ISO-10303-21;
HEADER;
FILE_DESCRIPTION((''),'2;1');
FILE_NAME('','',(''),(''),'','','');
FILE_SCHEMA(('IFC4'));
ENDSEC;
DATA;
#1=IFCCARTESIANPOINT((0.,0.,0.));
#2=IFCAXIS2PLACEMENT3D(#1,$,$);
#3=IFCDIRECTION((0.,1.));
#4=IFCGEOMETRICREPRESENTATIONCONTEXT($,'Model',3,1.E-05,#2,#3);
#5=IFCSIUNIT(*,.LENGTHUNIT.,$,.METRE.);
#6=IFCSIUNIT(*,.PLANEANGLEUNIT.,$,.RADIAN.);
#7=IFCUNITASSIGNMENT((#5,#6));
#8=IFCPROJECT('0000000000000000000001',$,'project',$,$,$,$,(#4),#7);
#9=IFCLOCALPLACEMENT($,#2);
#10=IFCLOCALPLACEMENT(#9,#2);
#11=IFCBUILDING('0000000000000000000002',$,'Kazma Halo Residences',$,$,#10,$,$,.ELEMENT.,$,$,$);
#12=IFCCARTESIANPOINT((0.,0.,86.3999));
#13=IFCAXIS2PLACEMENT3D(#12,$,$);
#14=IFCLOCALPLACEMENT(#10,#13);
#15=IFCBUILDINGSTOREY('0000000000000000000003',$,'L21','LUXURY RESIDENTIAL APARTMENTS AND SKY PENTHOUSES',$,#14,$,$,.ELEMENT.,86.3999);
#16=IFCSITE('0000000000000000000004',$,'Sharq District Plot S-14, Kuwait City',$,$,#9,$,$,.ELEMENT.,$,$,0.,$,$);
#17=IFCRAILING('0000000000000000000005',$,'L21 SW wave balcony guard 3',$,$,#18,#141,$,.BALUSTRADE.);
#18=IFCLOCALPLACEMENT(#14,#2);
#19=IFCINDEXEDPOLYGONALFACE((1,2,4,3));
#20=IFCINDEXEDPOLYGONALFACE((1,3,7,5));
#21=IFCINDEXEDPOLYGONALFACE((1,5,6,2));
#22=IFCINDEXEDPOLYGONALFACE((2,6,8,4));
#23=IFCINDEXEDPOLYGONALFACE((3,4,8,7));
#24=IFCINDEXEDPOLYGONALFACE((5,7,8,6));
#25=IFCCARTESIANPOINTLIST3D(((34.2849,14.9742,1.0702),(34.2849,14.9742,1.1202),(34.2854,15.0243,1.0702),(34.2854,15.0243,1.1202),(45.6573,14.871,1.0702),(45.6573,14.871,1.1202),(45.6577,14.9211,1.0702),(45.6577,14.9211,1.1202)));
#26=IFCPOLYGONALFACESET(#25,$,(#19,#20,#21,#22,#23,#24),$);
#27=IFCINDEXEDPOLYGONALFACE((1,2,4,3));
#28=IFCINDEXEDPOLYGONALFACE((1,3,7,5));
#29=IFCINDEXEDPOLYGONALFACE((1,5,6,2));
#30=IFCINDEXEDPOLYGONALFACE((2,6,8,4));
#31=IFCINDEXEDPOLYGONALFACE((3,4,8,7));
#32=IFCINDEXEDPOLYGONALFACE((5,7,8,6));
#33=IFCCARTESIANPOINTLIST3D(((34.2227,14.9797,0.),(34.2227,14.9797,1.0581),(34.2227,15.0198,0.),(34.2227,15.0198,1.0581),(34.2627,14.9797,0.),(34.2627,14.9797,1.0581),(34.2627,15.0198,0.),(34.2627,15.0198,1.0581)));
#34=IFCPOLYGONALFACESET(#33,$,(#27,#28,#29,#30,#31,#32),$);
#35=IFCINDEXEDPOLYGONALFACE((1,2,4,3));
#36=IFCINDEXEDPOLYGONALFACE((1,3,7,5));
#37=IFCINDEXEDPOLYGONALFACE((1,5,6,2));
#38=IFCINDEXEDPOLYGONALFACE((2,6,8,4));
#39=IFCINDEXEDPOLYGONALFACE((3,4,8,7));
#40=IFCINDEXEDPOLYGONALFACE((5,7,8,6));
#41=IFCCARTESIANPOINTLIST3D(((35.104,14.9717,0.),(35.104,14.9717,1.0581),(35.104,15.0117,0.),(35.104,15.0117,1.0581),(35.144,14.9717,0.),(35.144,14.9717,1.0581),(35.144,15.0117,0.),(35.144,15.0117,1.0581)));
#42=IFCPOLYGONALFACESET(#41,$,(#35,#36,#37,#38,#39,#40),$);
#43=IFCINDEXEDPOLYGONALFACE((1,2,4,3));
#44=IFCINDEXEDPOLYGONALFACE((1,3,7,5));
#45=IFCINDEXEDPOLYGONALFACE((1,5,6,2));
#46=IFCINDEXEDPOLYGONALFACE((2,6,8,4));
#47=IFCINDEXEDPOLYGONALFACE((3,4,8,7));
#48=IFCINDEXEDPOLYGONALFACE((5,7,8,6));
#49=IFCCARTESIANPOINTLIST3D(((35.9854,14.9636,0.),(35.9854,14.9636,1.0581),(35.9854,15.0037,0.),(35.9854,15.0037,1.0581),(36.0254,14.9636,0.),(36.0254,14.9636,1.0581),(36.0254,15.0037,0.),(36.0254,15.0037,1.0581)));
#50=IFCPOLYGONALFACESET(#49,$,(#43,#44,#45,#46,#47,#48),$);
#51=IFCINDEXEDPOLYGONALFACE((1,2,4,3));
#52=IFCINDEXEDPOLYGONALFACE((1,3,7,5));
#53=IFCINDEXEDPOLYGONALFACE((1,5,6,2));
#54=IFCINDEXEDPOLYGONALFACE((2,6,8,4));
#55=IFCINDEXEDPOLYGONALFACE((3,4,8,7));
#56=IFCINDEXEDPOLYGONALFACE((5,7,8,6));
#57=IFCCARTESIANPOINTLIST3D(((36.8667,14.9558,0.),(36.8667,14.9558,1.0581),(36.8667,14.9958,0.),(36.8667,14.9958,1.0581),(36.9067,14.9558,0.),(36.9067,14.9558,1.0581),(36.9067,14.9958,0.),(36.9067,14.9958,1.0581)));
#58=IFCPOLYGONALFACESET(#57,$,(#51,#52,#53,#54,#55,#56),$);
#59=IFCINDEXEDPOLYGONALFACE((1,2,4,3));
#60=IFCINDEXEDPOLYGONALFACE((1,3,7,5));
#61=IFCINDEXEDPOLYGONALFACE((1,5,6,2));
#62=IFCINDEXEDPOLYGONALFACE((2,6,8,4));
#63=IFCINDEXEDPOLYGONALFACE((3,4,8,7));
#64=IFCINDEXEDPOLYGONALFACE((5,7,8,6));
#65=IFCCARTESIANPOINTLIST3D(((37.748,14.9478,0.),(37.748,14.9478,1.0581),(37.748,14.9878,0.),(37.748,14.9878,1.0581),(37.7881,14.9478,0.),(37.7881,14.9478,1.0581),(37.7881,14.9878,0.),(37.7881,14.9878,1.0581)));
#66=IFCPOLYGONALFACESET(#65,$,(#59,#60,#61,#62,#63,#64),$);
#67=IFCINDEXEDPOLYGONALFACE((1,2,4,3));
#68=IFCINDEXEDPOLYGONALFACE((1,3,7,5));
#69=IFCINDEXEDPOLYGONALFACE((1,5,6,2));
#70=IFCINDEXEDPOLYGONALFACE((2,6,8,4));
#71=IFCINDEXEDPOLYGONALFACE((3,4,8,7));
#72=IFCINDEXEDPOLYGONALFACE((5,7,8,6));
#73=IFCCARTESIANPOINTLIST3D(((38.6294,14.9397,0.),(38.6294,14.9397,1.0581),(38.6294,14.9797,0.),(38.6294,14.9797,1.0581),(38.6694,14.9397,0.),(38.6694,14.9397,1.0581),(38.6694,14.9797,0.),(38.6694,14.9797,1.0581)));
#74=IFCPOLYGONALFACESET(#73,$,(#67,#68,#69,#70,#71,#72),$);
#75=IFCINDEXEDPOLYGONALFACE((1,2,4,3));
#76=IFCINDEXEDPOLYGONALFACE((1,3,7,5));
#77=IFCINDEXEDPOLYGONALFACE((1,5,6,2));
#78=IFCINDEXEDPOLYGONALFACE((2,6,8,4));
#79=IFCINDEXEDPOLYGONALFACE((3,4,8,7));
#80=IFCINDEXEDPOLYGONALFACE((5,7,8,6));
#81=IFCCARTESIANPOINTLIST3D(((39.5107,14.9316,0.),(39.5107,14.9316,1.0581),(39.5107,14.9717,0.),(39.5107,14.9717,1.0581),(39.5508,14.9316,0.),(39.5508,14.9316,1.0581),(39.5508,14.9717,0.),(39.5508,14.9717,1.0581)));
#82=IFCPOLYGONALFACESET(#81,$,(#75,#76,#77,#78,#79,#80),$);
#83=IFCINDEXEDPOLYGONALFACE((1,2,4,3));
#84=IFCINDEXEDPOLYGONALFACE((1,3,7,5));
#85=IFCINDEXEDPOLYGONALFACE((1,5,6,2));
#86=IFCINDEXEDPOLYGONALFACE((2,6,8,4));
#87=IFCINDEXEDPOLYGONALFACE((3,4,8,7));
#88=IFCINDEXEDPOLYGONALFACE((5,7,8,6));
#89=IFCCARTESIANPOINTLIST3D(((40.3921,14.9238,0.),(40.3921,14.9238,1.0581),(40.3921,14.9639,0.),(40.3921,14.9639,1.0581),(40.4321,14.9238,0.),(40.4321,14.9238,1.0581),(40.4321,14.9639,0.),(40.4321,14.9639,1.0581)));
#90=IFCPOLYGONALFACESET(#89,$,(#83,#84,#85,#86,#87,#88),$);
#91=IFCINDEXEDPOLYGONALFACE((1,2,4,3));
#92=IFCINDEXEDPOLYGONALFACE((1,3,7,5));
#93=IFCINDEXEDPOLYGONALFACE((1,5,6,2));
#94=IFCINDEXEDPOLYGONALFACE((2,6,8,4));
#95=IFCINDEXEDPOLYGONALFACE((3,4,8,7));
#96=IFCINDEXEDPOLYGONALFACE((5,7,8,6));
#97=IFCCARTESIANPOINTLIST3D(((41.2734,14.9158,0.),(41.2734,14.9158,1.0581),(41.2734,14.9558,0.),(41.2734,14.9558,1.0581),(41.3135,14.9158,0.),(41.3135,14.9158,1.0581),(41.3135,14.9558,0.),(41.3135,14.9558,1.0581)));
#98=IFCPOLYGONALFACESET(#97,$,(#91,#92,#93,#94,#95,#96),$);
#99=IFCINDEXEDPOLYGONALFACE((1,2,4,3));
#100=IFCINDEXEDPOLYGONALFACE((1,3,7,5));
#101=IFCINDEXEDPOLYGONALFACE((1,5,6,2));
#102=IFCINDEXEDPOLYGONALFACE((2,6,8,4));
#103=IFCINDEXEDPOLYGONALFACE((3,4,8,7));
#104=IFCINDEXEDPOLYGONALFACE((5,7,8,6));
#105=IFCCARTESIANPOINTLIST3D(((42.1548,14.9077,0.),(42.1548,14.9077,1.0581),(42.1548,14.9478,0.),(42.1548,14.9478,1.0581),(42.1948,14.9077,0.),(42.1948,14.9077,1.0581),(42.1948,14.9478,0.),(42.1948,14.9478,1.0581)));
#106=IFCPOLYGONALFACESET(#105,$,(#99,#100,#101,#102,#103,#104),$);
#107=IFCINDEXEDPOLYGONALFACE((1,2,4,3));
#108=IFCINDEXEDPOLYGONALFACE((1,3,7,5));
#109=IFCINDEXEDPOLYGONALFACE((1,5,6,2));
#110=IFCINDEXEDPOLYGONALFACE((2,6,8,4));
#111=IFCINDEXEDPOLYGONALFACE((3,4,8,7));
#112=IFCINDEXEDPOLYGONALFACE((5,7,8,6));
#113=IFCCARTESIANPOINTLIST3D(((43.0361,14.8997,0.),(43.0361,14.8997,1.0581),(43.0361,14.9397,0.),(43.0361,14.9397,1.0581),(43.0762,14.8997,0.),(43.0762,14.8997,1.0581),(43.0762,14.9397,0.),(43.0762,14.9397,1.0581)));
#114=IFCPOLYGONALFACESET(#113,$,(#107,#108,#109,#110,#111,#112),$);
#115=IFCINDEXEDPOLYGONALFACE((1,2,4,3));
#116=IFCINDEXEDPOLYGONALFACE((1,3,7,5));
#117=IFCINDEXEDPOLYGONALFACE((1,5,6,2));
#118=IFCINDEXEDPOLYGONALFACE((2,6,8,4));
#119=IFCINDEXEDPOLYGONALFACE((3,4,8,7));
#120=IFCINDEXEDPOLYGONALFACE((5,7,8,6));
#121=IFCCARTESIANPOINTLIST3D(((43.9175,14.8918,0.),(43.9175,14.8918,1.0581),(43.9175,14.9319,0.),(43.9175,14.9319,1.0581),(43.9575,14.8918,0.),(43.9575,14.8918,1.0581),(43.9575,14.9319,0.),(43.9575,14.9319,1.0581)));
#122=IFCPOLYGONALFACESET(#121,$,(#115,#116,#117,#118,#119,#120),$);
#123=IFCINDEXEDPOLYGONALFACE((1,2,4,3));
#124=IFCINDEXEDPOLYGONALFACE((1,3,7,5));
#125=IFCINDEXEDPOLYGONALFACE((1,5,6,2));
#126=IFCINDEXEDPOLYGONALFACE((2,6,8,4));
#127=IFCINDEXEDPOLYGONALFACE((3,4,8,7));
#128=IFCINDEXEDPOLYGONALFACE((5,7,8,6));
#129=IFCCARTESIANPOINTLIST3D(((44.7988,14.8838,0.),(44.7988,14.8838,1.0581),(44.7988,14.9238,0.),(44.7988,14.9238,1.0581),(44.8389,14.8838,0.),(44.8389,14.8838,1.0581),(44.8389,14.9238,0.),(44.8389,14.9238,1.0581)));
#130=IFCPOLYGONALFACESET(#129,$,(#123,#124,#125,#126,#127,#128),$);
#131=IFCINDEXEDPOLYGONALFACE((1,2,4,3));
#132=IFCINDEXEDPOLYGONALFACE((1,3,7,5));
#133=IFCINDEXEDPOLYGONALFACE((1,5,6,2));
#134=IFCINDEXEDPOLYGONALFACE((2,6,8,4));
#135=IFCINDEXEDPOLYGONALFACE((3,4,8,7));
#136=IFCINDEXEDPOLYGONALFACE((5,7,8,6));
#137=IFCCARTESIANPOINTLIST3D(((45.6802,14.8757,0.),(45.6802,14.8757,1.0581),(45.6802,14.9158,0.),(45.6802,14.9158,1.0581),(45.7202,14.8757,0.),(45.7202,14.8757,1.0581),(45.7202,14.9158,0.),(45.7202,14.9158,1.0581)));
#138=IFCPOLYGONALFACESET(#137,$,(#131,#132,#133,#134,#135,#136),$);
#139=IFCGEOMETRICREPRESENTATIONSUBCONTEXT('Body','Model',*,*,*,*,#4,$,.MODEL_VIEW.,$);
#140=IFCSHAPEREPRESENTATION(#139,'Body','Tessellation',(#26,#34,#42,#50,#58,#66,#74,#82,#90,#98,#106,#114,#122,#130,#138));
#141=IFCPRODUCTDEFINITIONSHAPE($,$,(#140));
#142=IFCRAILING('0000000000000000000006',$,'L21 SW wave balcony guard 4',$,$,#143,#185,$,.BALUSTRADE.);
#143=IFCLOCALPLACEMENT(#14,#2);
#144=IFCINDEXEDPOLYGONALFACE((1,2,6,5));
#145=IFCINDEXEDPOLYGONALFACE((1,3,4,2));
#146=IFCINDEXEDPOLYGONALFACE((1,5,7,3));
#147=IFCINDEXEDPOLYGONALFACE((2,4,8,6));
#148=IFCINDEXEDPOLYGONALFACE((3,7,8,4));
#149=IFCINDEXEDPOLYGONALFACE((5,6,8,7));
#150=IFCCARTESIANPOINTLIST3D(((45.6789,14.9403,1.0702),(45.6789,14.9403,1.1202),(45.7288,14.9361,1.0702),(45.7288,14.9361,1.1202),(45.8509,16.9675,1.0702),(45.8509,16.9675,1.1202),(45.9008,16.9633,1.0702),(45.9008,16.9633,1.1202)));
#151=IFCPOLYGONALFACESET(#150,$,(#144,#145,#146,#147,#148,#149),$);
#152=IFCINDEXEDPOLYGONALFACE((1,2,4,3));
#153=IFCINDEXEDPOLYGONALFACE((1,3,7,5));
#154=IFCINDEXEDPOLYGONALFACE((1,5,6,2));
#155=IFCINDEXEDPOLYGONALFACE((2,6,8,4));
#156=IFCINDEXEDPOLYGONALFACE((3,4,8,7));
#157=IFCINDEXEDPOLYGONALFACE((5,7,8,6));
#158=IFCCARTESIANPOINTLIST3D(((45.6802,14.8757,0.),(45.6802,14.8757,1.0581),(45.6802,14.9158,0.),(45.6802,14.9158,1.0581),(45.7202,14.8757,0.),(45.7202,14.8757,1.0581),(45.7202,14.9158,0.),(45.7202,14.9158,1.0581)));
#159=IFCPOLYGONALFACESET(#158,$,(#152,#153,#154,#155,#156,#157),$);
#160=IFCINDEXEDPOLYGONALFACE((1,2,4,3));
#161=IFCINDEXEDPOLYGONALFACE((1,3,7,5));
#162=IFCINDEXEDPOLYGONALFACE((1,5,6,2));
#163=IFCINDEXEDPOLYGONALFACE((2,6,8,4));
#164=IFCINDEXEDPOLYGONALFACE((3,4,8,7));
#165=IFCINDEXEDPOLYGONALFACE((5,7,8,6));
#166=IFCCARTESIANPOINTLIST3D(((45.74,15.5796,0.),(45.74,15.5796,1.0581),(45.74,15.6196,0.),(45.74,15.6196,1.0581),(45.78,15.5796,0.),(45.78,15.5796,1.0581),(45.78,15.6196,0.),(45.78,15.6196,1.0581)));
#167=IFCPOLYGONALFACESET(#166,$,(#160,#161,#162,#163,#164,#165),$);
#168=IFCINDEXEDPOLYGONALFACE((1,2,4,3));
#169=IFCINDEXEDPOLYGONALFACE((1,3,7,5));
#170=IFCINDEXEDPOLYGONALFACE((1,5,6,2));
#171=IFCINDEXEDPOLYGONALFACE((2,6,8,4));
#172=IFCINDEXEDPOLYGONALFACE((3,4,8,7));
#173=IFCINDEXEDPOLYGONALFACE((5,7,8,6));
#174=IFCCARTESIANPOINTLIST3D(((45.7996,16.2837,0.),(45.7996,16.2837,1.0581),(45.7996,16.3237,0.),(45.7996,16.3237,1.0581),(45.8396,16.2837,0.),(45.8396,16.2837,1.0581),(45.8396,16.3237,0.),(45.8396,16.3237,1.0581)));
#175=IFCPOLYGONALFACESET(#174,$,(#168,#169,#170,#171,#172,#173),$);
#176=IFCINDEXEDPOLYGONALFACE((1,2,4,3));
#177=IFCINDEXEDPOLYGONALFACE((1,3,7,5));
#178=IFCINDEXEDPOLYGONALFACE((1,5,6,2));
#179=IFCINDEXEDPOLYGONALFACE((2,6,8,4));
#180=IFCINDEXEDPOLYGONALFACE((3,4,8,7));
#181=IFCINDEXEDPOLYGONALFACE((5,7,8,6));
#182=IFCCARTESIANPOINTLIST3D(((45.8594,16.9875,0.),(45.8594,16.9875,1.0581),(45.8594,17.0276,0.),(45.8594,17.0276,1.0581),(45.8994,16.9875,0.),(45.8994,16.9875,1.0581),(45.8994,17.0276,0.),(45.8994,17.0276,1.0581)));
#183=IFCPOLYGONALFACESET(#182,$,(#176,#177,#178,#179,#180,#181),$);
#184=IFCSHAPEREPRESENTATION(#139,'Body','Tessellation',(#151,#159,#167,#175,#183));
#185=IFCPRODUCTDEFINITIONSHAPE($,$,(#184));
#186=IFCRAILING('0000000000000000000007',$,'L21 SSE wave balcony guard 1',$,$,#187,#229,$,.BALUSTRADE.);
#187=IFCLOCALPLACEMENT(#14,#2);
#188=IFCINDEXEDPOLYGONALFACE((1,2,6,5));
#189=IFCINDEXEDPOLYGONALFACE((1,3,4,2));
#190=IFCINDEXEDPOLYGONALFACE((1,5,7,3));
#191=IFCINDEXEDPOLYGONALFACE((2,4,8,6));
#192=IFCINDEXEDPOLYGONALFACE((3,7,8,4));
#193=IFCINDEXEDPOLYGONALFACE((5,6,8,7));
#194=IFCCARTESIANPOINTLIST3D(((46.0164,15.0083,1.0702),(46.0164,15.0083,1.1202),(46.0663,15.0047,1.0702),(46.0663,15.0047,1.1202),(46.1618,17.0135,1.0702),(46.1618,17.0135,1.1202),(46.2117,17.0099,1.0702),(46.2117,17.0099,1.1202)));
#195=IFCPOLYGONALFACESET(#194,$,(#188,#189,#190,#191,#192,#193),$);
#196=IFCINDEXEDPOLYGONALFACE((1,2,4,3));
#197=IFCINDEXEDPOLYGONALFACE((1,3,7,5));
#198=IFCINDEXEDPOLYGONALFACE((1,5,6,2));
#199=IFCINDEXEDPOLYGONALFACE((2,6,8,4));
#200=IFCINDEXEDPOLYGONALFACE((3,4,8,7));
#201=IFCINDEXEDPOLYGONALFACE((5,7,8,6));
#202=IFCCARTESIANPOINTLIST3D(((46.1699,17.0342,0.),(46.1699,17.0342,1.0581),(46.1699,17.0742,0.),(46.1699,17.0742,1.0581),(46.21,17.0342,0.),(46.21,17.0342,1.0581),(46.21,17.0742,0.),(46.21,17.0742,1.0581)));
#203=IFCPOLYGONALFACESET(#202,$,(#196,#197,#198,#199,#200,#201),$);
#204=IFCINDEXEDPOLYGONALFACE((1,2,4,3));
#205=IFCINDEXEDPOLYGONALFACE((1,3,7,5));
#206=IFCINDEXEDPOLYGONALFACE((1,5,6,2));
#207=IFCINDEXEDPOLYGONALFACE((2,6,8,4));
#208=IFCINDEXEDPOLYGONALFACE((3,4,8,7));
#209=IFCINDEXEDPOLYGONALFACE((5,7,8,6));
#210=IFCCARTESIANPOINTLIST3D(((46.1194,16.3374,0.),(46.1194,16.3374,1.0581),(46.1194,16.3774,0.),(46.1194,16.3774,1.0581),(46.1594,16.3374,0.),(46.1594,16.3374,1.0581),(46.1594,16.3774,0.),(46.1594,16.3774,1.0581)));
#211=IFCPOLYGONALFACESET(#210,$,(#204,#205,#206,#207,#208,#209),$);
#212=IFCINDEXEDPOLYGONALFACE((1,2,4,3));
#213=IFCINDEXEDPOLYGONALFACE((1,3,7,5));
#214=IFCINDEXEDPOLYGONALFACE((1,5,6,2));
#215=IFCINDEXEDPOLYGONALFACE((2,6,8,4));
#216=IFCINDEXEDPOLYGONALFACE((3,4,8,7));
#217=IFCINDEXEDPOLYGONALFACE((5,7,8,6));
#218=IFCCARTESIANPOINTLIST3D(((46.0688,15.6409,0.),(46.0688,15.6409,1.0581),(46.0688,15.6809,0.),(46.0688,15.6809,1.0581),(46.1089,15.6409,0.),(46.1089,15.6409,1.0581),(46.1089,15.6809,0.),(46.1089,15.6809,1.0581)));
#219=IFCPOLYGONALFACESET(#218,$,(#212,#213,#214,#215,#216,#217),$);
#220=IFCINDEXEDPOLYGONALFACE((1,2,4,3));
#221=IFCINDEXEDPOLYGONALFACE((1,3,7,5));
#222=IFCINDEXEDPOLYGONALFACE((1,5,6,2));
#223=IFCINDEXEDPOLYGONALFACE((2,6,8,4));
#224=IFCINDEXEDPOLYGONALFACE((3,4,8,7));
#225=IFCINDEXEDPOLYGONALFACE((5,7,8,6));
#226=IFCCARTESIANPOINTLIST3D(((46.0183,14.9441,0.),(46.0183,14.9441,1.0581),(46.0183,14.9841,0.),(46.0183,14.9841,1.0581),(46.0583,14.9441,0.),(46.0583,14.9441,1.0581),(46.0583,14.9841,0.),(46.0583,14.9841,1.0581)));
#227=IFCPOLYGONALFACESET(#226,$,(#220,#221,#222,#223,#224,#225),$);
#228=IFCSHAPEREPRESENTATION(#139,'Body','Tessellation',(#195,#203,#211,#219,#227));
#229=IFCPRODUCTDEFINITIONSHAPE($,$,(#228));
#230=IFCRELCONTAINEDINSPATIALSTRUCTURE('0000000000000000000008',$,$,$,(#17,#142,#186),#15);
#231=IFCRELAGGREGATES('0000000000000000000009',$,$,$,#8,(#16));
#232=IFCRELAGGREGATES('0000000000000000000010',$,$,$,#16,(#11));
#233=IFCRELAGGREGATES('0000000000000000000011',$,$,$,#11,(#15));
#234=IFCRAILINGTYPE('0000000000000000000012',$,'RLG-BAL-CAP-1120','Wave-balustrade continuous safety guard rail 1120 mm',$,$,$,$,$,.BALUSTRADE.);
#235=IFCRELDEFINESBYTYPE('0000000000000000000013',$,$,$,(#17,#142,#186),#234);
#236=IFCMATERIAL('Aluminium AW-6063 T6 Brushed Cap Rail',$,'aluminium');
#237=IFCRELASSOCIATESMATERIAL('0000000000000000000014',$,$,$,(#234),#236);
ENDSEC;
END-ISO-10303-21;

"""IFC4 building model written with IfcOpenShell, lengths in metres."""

from ifc_helpers import new_model, si_unit, direction, frame, origin, origin_2d, place, context, subcontext, project, spatial, rectangle, extrude, material, type_object, element, save


model = new_model("IFC4")

# Units and contexts
model_context = context("Model", 3, precision=1e-05, world=origin(), true_north=direction((0.0, 1.0)))
body_context = subcontext(model_context, "Body", "Model", "MODEL_VIEW")
ifc_project = project(units=[si_unit("LENGTHUNIT", "METRE"), si_unit("PLANEANGLEUNIT", "RADIAN")], contexts=[model_context])

# Site, building, storey
site_placement = place(None, origin())
site = spatial("IfcSite", under=ifc_project, at=site_placement, Name="Sharq District Plot S-14, Kuwait City", CompositionType="ELEMENT", RefElevation=0.0)
building_placement = place(site_placement, origin())
building = spatial("IfcBuilding", under=site, at=building_placement, Name="Kazma Halo Residences", CompositionType="ELEMENT")
storey_placement = place(building_placement, frame((0.0, 0.0, 86.3999)))
storey = spatial("IfcBuildingStorey", under=building, at=storey_placement, Name="L21", Description="LUXURY RESIDENTIAL APARTMENTS AND SKY PENTHOUSES", CompositionType="ELEMENT", Elevation=86.3999)

# Railings
ifc_material_1 = material(Name="Aluminium AW-6063 T6 Brushed Cap Rail", Category="aluminium")
railing_type = type_object("IfcRailingType", Name="RLG-BAL-CAP-1120", Description="Wave-balustrade continuous safety guard rail 1120 mm", PredefinedType="BALUSTRADE", material=ifc_material_1)
railing_1_placement = place(storey_placement, frame((34.2427, 14.9998, 0.0)))
element("IfcRailing", 1, at=railing_1_placement, inside=storey, type_object=railing_type, Name="L21 SW wave balcony guard 3", PredefinedType="BALUSTRADE", context=body_context, shape_type="SweptSolid", body=[
    extrude(rectangle(XDim=0.05, YDim=0.05, at=origin_2d()), frame((0.0425, -0.0005, 1.0952), z_axis=(0.999959, -0.009077, 0.0), x_axis=(0.009077, 0.999959, 0.0)), (0.0, 0.0, 1.0), 11.3728),
    extrude(rectangle(XDim=0.04, YDim=0.04, at=origin_2d()), origin(), (0.0, 0.0, 1.0), 1.0581),
    extrude(rectangle(XDim=0.04, YDim=0.04, at=origin_2d()), frame((0.8813, -0.0081, 0.0)), (0.0, 0.0, 1.0), 1.0581),
    extrude(rectangle(XDim=0.04, YDim=0.04, at=origin_2d()), frame((1.7627, -0.0161, 0.0)), (0.0, 0.0, 1.0), 1.0581),
    extrude(rectangle(XDim=0.04, YDim=0.04, at=origin_2d()), frame((2.644, -0.0239, 0.0)), (0.0, 0.0, 1.0), 1.0581),
    extrude(rectangle(XDim=0.04, YDim=0.04, at=origin_2d()), frame((3.5254, -0.032, 0.0)), (0.0, 0.0, 1.0), 1.0581),
    extrude(rectangle(XDim=0.04, YDim=0.04, at=origin_2d()), frame((4.4067, -0.04, 0.0)), (0.0, 0.0, 1.0), 1.0581),
    extrude(rectangle(XDim=0.04, YDim=0.04, at=origin_2d()), frame((5.2881, -0.0481, 0.0)), (0.0, 0.0, 1.0), 1.0581),
    extrude(rectangle(XDim=0.04, YDim=0.04, at=origin_2d()), frame((6.1694, -0.0559, 0.0)), (0.0, 0.0, 1.0), 1.0581),
    extrude(rectangle(XDim=0.04, YDim=0.04, at=origin_2d()), frame((7.0508, -0.064, 0.0)), (0.0, 0.0, 1.0), 1.0581),
    extrude(rectangle(XDim=0.04, YDim=0.04, at=origin_2d()), frame((7.9321, -0.072, 0.0)), (0.0, 0.0, 1.0), 1.0581),
    extrude(rectangle(XDim=0.04, YDim=0.04, at=origin_2d()), frame((8.8135, -0.0801, 0.0)), (0.0, 0.0, 1.0), 1.0581),
    extrude(rectangle(XDim=0.04, YDim=0.04, at=origin_2d()), frame((9.6948, -0.0879, 0.0)), (0.0, 0.0, 1.0), 1.0581),
    extrude(rectangle(XDim=0.04, YDim=0.04, at=origin_2d()), frame((10.5762, -0.0959, 0.0)), (0.0, 0.0, 1.0), 1.0581),
    extrude(rectangle(XDim=0.04, YDim=0.04, at=origin_2d()), frame((11.4575, -0.104, 0.0)), (0.0, 0.0, 1.0), 1.0581),
])
railing_2_placement = place(storey_placement, frame((45.7002, 14.8958, 0.0)))
element("IfcRailing", 2, at=railing_2_placement, inside=storey, type_object=railing_type, Name="L21 SW wave balcony guard 4", PredefinedType="BALUSTRADE", context=body_context, shape_type="SweptSolid", body=[
    extrude(rectangle(XDim=0.05, YDim=0.05, at=origin_2d()), frame((0.0037, 0.0425, 1.0952), z_axis=(0.084552, 0.996419, 0.0), x_axis=(-0.996419, 0.084552, 0.0)), (0.0, 0.0, 1.0), 2.0344),
    extrude(rectangle(XDim=0.04, YDim=0.04, at=origin_2d()), origin(), (0.0, 0.0, 1.0), 1.0581),
    extrude(rectangle(XDim=0.04, YDim=0.04, at=origin_2d()), frame((0.0598, 0.7039, 0.0)), (0.0, 0.0, 1.0), 1.0581),
    extrude(rectangle(XDim=0.04, YDim=0.04, at=origin_2d()), frame((0.1194, 1.408, 0.0)), (0.0, 0.0, 1.0), 1.0581),
    extrude(rectangle(XDim=0.04, YDim=0.04, at=origin_2d()), frame((0.1792, 2.1118, 0.0)), (0.0, 0.0, 1.0), 1.0581),
])
railing_3_placement = place(storey_placement, frame((46.1899, 17.0542, 0.0)))
element("IfcRailing", 3, at=railing_3_placement, inside=storey, type_object=railing_type, Name="L21 SSE wave balcony guard 1", PredefinedType="BALUSTRADE", context=body_context, shape_type="SweptSolid", body=[
    extrude(rectangle(XDim=0.05, YDim=0.05, at=origin_2d()), frame((-0.0032, -0.0425, 1.0952), z_axis=(-0.072348, -0.997379, 0.0), x_axis=(0.997379, -0.072348, 0.0)), (0.0, 0.0, 1.0), 2.0105),
    extrude(rectangle(XDim=0.04, YDim=0.04, at=origin_2d()), origin(), (0.0, 0.0, 1.0), 1.0581),
    extrude(rectangle(XDim=0.04, YDim=0.04, at=origin_2d()), frame((-0.0505, -0.6968, 0.0)), (0.0, 0.0, 1.0), 1.0581),
    extrude(rectangle(XDim=0.04, YDim=0.04, at=origin_2d()), frame((-0.1011, -1.3933, 0.0)), (0.0, 0.0, 1.0), 1.0581),
    extrude(rectangle(XDim=0.04, YDim=0.04, at=origin_2d()), frame((-0.1516, -2.0901, 0.0)), (0.0, 0.0, 1.0), 1.0581),
])

save(model, "model.ifc")
